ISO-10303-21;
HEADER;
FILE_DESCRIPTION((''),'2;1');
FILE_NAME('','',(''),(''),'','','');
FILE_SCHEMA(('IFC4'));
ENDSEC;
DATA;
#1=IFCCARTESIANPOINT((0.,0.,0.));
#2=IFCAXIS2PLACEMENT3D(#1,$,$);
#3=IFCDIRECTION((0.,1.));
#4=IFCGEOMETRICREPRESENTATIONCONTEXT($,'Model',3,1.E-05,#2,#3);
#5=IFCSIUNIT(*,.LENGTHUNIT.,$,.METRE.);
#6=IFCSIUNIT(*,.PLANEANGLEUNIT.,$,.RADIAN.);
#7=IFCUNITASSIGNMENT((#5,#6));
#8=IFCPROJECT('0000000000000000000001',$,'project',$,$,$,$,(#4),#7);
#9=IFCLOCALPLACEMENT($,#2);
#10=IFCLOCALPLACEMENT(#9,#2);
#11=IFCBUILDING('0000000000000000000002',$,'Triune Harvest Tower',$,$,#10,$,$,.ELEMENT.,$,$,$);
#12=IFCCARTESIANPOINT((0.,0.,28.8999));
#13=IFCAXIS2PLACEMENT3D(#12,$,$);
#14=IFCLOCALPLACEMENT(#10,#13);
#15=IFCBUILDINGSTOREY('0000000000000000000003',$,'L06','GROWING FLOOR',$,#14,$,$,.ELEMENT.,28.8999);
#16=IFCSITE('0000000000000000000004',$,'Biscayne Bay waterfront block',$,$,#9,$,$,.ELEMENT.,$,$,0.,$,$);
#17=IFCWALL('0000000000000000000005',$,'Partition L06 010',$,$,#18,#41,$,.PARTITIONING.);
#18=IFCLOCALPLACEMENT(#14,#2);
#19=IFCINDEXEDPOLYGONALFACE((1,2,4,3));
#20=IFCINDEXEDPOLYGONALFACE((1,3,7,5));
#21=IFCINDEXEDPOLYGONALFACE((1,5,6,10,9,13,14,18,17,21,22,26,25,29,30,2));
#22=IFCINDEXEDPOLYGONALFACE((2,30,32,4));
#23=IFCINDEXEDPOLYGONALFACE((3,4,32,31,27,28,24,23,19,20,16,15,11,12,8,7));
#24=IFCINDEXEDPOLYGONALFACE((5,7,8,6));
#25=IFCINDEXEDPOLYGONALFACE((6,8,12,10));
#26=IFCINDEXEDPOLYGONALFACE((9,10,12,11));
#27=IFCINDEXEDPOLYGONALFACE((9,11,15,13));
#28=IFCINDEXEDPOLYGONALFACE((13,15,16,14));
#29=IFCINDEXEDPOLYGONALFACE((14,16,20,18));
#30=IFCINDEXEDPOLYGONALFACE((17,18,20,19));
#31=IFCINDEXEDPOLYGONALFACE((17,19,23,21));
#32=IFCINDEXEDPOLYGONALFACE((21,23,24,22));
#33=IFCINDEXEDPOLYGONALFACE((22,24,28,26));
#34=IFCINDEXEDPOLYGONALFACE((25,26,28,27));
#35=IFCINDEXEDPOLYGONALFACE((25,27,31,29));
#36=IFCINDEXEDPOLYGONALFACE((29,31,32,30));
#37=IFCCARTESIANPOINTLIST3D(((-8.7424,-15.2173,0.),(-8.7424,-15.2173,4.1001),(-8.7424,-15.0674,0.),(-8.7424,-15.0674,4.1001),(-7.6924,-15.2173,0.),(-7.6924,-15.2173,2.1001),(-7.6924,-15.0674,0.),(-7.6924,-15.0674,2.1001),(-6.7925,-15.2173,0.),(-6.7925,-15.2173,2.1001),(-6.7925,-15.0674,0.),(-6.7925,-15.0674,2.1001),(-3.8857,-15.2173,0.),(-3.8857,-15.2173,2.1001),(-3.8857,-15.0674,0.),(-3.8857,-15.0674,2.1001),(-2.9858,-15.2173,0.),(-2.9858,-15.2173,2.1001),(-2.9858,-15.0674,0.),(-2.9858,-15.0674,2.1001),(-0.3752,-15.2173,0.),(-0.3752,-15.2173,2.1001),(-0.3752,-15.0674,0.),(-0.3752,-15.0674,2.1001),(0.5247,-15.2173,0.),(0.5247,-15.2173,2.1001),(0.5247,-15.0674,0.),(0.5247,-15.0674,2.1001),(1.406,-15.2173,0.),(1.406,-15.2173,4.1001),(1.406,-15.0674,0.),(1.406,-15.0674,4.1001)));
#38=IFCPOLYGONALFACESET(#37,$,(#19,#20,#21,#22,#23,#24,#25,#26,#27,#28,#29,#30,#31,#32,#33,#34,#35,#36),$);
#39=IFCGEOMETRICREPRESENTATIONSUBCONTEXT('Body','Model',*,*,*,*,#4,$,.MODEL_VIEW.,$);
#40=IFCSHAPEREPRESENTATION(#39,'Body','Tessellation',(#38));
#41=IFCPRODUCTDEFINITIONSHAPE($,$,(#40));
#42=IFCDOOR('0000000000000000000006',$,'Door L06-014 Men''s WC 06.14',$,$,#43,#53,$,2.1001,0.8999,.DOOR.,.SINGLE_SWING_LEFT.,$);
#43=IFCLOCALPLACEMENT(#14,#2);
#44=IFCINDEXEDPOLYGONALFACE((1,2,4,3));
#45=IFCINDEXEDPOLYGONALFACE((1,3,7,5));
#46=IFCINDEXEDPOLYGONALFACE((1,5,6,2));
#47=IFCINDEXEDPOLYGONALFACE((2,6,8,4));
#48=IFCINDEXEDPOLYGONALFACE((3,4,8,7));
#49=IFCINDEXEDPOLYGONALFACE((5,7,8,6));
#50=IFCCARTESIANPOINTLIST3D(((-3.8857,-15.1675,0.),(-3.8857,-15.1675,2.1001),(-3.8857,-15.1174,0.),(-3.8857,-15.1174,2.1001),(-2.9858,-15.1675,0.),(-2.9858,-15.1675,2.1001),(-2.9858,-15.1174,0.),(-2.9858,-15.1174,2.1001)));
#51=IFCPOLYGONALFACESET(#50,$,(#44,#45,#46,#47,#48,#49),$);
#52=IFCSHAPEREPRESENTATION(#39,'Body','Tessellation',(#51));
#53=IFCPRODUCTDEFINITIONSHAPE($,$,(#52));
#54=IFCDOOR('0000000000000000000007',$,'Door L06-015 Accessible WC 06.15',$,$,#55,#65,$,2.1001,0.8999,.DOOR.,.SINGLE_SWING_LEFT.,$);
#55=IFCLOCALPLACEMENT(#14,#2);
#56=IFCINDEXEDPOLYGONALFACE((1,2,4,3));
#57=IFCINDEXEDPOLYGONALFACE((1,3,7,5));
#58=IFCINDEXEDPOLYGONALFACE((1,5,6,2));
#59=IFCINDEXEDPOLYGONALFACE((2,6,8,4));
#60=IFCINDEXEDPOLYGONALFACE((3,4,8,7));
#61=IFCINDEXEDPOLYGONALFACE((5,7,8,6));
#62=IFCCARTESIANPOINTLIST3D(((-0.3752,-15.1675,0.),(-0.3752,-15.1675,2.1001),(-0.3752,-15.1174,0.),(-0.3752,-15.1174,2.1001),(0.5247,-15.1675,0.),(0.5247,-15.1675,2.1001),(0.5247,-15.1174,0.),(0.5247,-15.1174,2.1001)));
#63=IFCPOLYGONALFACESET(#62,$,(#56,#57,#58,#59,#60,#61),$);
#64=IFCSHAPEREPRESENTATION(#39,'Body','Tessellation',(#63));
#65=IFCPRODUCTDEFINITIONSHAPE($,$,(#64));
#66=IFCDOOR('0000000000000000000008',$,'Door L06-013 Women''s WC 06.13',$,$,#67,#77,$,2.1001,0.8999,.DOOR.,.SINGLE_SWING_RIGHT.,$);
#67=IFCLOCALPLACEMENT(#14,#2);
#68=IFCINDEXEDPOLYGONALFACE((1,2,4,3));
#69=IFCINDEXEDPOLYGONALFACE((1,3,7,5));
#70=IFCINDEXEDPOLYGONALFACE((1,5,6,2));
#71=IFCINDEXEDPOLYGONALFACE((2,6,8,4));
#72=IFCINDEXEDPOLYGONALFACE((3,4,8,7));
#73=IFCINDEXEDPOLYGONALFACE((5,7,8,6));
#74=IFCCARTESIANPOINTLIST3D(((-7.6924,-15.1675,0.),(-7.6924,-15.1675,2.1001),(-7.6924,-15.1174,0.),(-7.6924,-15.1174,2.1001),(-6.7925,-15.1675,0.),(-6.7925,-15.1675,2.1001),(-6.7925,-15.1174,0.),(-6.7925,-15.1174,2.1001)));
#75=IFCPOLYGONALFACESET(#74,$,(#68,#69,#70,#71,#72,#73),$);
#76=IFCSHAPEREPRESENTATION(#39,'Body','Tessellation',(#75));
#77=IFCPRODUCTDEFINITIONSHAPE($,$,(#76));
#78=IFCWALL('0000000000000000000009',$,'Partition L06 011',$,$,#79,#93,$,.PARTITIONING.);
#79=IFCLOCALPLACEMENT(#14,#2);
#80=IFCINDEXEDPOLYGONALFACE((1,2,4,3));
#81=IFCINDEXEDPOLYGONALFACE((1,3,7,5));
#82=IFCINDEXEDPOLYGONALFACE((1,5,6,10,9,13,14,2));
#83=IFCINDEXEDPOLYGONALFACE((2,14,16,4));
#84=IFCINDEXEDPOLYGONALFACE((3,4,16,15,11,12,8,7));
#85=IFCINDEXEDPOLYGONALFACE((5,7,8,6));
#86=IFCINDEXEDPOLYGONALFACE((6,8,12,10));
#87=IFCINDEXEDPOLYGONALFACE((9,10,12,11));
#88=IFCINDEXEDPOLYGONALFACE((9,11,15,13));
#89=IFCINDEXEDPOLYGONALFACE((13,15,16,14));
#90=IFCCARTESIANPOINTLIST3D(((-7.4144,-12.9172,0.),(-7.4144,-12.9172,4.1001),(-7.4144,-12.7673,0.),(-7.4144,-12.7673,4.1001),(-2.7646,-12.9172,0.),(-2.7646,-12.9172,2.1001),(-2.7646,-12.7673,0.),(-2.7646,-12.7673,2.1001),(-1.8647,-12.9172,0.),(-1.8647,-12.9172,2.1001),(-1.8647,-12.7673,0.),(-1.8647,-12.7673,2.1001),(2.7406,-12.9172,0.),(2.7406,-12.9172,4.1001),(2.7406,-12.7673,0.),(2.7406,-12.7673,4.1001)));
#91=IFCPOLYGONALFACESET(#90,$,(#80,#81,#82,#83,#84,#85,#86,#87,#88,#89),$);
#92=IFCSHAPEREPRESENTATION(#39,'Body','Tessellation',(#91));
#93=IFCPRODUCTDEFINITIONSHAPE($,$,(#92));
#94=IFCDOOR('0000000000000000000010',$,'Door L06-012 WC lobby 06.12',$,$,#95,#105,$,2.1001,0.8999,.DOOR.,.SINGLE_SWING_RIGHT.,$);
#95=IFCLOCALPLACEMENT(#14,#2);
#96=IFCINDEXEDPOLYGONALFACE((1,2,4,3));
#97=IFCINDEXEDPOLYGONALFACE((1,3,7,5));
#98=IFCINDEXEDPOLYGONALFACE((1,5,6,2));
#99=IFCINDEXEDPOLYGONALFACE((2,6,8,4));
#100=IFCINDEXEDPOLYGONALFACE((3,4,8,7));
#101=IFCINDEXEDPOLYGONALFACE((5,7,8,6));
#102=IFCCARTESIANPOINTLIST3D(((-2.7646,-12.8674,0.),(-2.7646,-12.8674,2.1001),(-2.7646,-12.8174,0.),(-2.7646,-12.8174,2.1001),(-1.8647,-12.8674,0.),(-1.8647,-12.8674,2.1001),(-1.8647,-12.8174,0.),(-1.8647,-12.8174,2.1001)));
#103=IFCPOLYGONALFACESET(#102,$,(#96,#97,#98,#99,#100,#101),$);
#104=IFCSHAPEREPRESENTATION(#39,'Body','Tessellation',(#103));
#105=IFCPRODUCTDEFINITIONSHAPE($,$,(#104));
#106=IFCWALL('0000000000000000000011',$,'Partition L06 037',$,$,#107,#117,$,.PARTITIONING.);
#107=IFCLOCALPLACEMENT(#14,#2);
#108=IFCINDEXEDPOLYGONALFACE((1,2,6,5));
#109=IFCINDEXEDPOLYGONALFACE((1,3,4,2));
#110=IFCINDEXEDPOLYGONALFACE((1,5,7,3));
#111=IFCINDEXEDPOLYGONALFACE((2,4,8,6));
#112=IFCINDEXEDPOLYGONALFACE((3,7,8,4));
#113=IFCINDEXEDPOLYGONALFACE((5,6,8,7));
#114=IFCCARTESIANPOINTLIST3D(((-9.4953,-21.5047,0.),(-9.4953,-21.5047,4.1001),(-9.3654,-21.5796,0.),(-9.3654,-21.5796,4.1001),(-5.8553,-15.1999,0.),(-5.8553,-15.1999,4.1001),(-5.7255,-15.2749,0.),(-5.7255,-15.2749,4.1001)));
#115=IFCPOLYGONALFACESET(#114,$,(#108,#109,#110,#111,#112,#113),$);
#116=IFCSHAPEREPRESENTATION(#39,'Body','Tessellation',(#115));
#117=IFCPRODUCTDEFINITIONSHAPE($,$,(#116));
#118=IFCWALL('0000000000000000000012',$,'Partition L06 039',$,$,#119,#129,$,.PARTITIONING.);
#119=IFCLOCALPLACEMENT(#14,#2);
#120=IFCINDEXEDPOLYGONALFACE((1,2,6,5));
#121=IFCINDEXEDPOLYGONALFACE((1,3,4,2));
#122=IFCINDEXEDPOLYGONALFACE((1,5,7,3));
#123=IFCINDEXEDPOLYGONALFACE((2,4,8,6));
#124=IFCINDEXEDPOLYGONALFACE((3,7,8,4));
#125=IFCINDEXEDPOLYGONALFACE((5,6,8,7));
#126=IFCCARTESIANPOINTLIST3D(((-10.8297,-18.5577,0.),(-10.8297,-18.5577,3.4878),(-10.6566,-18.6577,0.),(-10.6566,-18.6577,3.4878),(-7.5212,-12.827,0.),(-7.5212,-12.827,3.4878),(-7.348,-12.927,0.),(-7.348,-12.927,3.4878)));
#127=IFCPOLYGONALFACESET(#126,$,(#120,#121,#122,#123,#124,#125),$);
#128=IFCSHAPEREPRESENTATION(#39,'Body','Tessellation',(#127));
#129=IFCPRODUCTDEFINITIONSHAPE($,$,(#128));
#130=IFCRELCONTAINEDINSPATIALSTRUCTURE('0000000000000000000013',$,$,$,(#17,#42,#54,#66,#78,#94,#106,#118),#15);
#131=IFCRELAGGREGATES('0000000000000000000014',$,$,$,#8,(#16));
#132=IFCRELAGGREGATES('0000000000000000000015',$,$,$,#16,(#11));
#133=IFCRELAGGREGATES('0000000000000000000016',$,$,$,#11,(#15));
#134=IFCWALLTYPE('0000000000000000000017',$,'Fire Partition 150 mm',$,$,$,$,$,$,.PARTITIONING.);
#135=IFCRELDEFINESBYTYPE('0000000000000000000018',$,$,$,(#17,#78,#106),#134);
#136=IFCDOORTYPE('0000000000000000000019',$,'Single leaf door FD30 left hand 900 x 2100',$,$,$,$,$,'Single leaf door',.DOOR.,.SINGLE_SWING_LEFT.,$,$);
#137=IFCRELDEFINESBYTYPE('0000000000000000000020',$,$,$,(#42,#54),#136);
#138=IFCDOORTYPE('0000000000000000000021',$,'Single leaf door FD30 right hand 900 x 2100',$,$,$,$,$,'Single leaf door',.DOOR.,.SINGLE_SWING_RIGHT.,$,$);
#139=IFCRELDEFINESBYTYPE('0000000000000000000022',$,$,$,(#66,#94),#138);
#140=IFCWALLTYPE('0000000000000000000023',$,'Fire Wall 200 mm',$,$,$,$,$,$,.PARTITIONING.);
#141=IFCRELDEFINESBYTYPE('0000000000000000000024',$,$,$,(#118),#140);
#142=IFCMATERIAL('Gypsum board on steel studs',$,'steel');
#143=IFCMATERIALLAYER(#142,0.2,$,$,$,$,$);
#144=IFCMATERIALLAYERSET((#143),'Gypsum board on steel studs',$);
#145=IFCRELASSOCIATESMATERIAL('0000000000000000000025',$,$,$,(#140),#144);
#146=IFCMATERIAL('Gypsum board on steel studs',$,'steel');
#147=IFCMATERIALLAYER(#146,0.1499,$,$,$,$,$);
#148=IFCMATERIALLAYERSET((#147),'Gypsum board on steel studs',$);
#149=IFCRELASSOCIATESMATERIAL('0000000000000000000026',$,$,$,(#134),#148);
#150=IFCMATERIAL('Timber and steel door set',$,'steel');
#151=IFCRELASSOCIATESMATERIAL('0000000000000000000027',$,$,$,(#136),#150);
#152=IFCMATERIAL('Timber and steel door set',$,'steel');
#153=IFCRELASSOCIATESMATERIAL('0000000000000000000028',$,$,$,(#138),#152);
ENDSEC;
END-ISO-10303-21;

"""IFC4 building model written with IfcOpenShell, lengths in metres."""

from ifc_helpers import new_model, si_unit, direction, frame, frame_2d, origin, place, context, subcontext, project, spatial, rectangle, extrude, source, transform, mapped, material, layer, layer_set, type_object, element, fill, save


model = new_model("IFC4")

# Units and contexts
model_context = context("Model", 3, precision=1e-05, world=origin(), true_north=direction((0.0, 1.0)))
body_context = subcontext(model_context, "Body", "Model", "MODEL_VIEW")
ifc_project = project(units=[si_unit("LENGTHUNIT", "METRE"), si_unit("PLANEANGLEUNIT", "RADIAN")], contexts=[model_context])

# Site, building, storey
site_placement = place(None, origin())
site = spatial("IfcSite", under=ifc_project, at=site_placement, Name="Biscayne Bay waterfront block", CompositionType="ELEMENT", RefElevation=0.0)
building_placement = place(site_placement, origin())
building = spatial("IfcBuilding", under=site, at=building_placement, Name="Triune Harvest Tower", CompositionType="ELEMENT")
storey_placement = place(building_placement, frame((0.0, 0.0, 28.8999)))
storey = spatial("IfcBuildingStorey", under=building, at=storey_placement, Name="L06", Description="GROWING FLOOR", CompositionType="ELEMENT", Elevation=28.8999)

# Shared definitions
ifc_material_1 = material(Name="Gypsum board on steel studs", Category="steel")
ifc_layer_1 = layer(ifc_material_1, 0.2)
ifc_layer_set_1 = layer_set([ifc_layer_1], Name="Gypsum board on steel studs")
wall_type_1 = type_object("IfcWallType", Name="Fire Wall 200 mm", PredefinedType="PARTITIONING", material=ifc_layer_set_1)

# Wall, openings, doors
ifc_material_2 = material(Name="Gypsum board on steel studs", Category="steel")
ifc_layer_2 = layer(ifc_material_2, 0.1499)
ifc_layer_set_2 = layer_set([ifc_layer_2], Name="Gypsum board on steel studs")
wall_type_2 = type_object("IfcWallType", Name="Fire Partition 150 mm", PredefinedType="PARTITIONING", material=ifc_layer_set_2)
shared_shape_1 = source(origin(), body_context, "Body", "SweptSolid", [
    extrude(rectangle(XDim=10.1484, YDim=0.1499, at=frame_2d((5.0742, 0.0))), origin(), (0.0, 0.0, 1.0), 4.1001),
])
wall_1_placement = place(storey_placement, frame((-8.7424, -15.1423, 0.0), z_axis=(0.0, 0.0, 1.0), x_axis=(1.0, 0.0, 0.0)))
wall_1 = element("IfcWall", 1, at=wall_1_placement, inside=storey, type_object=wall_type_2, Name="Partition L06 010", PredefinedType="PARTITIONING", context=body_context, shape_type="MappedRepresentation", body=[
    mapped(shared_shape_1, transform((0.0, 0.0, 0.0), scale=1.0)),
])
opening_1_placement = place(wall_1_placement, frame((1.05, 0.0, 0.0)))
opening_1 = element("IfcOpeningElement", 2, at=opening_1_placement, cuts=wall_1, PredefinedType="OPENING", context=body_context, shape_type="SweptSolid", body=[
    extrude(rectangle(XDim=0.8999, YDim=2.1001, at=frame_2d((0.45, 1.05))), frame((0.0, 0.085, 0.0), z_axis=(0.0, -1.0, 0.0), x_axis=(1.0, 0.0, 0.0)), (0.0, 0.0, 1.0), 0.1699),
])
opening_2_placement = place(wall_1_placement, frame((4.8567, 0.0, 0.0)))
opening_2 = element("IfcOpeningElement", 3, at=opening_2_placement, cuts=wall_1, PredefinedType="OPENING", context=body_context, shape_type="SweptSolid", body=[
    extrude(rectangle(XDim=0.8999, YDim=2.1001, at=frame_2d((0.45, 1.05))), frame((0.0, 0.085, 0.0), z_axis=(0.0, -1.0, 0.0), x_axis=(1.0, 0.0, 0.0)), (0.0, 0.0, 1.0), 0.1699),
])
opening_3_placement = place(wall_1_placement, frame((8.3672, 0.0, 0.0)))
opening_3 = element("IfcOpeningElement", 4, at=opening_3_placement, cuts=wall_1, PredefinedType="OPENING", context=body_context, shape_type="SweptSolid", body=[
    extrude(rectangle(XDim=0.8999, YDim=2.1001, at=frame_2d((0.45, 1.05))), frame((0.0, 0.085, 0.0), z_axis=(0.0, -1.0, 0.0), x_axis=(1.0, 0.0, 0.0)), (0.0, 0.0, 1.0), 0.1699),
])
ifc_material_3 = material(Name="Timber and steel door set", Category="steel")
door_type_1 = type_object("IfcDoorType", Name="Single leaf door FD30 left hand 900 x 2100", ElementType="Single leaf door", OperationType="SINGLE_SWING_LEFT", PredefinedType="DOOR", material=ifc_material_3)
door_1_placement = place(opening_2_placement, origin())
door_1 = element("IfcDoor", 5, at=door_1_placement, inside=storey, type_object=door_type_1, Name="Door L06-014 Men's WC 06.14", OperationType="SINGLE_SWING_LEFT", OverallHeight=2.1001, OverallWidth=0.8999, PredefinedType="DOOR", context=body_context, shape_type="SweptSolid", body=[
    extrude(rectangle(XDim=0.8999, YDim=2.1001, at=frame_2d((0.45, 1.05))), frame((0.0, 0.0249, 0.0), z_axis=(0.0, -1.0, 0.0), x_axis=(1.0, 0.0, 0.0)), (0.0, 0.0, 1.0), 0.05),
])
fill(opening_2, door_1)
door_2_placement = place(opening_3_placement, origin())
door_2 = element("IfcDoor", 6, at=door_2_placement, inside=storey, type_object=door_type_1, Name="Door L06-015 Accessible WC 06.15", OperationType="SINGLE_SWING_LEFT", OverallHeight=2.1001, OverallWidth=0.8999, PredefinedType="DOOR", context=body_context, shape_type="SweptSolid", body=[
    extrude(rectangle(XDim=0.8999, YDim=2.1001, at=frame_2d((0.45, 1.05))), frame((0.0, 0.0249, 0.0), z_axis=(0.0, -1.0, 0.0), x_axis=(1.0, 0.0, 0.0)), (0.0, 0.0, 1.0), 0.05),
])
fill(opening_3, door_2)
ifc_material_4 = material(Name="Timber and steel door set", Category="steel")
door_type_2 = type_object("IfcDoorType", Name="Single leaf door FD30 right hand 900 x 2100", ElementType="Single leaf door", OperationType="SINGLE_SWING_RIGHT", PredefinedType="DOOR", material=ifc_material_4)
door_3_placement = place(opening_1_placement, origin())
door_3 = element("IfcDoor", 7, at=door_3_placement, inside=storey, type_object=door_type_2, Name="Door L06-013 Women's WC 06.13", OperationType="SINGLE_SWING_RIGHT", OverallHeight=2.1001, OverallWidth=0.8999, PredefinedType="DOOR", context=body_context, shape_type="SweptSolid", body=[
    extrude(rectangle(XDim=0.8999, YDim=2.1001, at=frame_2d((0.45, 1.05))), frame((0.0, 0.0249, 0.0), z_axis=(0.0, -1.0, 0.0), x_axis=(1.0, 0.0, 0.0)), (0.0, 0.0, 1.0), 0.05),
])
fill(opening_1, door_3)

# Wall, opening, door
shared_shape_2 = source(origin(), body_context, "Body", "SweptSolid", [
    extrude(rectangle(XDim=10.155, YDim=0.1499, at=frame_2d((5.0776, 0.0))), origin(), (0.0, 0.0, 1.0), 4.1001),
])
wall_2_placement = place(storey_placement, frame((-7.4146, -12.8423, 0.0), z_axis=(0.0, 0.0, 1.0), x_axis=(1.0, 0.0, 0.0)))
wall_2 = element("IfcWall", 8, at=wall_2_placement, inside=storey, type_object=wall_type_2, Name="Partition L06 011", PredefinedType="PARTITIONING", context=body_context, shape_type="MappedRepresentation", body=[
    mapped(shared_shape_2, transform((0.0, 0.0, 0.0), scale=1.0)),
])
opening_4_placement = place(wall_2_placement, frame((4.6499, 0.0, 0.0)))
opening_4 = element("IfcOpeningElement", 9, at=opening_4_placement, cuts=wall_2, PredefinedType="OPENING", context=body_context, shape_type="SweptSolid", body=[
    extrude(rectangle(XDim=0.8999, YDim=2.1001, at=frame_2d((0.45, 1.05))), frame((0.0, 0.085, 0.0), z_axis=(0.0, -1.0, 0.0), x_axis=(1.0, 0.0, 0.0)), (0.0, 0.0, 1.0), 0.1699),
])
door_4_placement = place(opening_4_placement, origin())
door_4 = element("IfcDoor", 10, at=door_4_placement, inside=storey, type_object=door_type_2, Name="Door L06-012 WC lobby 06.12", OperationType="SINGLE_SWING_RIGHT", OverallHeight=2.1001, OverallWidth=0.8999, PredefinedType="DOOR", context=body_context, shape_type="SweptSolid", body=[
    extrude(rectangle(XDim=0.8999, YDim=2.1001, at=frame_2d((0.45, 1.05))), frame((0.0, 0.0249, 0.0), z_axis=(0.0, -1.0, 0.0), x_axis=(1.0, 0.0, 0.0)), (0.0, 0.0, 1.0), 0.05),
])
fill(opening_4, door_4)

# Walls
shared_shape_3 = source(origin(), body_context, "Body", "SweptSolid", [
    extrude(rectangle(XDim=7.28, YDim=0.1499, at=frame_2d((3.6401, 0.0))), origin(), (0.0, 0.0, 1.0), 4.1001),
])
wall_3_placement = place(storey_placement, frame((-9.4304, -21.5422, 0.0), z_axis=(0.0, 0.0, 1.0), x_axis=(0.499988, 0.866033, 0.0)))
element("IfcWall", 11, at=wall_3_placement, inside=storey, type_object=wall_type_2, Name="Partition L06 037", PredefinedType="PARTITIONING", context=body_context, shape_type="MappedRepresentation", body=[
    mapped(shared_shape_3, transform((0.0, 0.0, 0.0), scale=1.0)),
])
shared_shape_4 = source(origin(), body_context, "Body", "SweptSolid", [
    extrude(rectangle(XDim=6.6172, YDim=0.2, at=frame_2d((3.3086, 0.0))), origin(), (0.0, 0.0, 1.0), 3.4878),
])
wall_4_placement = place(storey_placement, frame((-10.7432, -18.6077, 0.0), z_axis=(0.0, 0.0, 1.0), x_axis=(0.499996, 0.866028, 0.0)))
element("IfcWall", 12, at=wall_4_placement, inside=storey, type_object=wall_type_1, Name="Partition L06 039", PredefinedType="PARTITIONING", context=body_context, shape_type="MappedRepresentation", body=[
    mapped(shared_shape_4, transform((0.0, 0.0, 0.0), scale=1.0)),
])

save(model, "model.ifc")
